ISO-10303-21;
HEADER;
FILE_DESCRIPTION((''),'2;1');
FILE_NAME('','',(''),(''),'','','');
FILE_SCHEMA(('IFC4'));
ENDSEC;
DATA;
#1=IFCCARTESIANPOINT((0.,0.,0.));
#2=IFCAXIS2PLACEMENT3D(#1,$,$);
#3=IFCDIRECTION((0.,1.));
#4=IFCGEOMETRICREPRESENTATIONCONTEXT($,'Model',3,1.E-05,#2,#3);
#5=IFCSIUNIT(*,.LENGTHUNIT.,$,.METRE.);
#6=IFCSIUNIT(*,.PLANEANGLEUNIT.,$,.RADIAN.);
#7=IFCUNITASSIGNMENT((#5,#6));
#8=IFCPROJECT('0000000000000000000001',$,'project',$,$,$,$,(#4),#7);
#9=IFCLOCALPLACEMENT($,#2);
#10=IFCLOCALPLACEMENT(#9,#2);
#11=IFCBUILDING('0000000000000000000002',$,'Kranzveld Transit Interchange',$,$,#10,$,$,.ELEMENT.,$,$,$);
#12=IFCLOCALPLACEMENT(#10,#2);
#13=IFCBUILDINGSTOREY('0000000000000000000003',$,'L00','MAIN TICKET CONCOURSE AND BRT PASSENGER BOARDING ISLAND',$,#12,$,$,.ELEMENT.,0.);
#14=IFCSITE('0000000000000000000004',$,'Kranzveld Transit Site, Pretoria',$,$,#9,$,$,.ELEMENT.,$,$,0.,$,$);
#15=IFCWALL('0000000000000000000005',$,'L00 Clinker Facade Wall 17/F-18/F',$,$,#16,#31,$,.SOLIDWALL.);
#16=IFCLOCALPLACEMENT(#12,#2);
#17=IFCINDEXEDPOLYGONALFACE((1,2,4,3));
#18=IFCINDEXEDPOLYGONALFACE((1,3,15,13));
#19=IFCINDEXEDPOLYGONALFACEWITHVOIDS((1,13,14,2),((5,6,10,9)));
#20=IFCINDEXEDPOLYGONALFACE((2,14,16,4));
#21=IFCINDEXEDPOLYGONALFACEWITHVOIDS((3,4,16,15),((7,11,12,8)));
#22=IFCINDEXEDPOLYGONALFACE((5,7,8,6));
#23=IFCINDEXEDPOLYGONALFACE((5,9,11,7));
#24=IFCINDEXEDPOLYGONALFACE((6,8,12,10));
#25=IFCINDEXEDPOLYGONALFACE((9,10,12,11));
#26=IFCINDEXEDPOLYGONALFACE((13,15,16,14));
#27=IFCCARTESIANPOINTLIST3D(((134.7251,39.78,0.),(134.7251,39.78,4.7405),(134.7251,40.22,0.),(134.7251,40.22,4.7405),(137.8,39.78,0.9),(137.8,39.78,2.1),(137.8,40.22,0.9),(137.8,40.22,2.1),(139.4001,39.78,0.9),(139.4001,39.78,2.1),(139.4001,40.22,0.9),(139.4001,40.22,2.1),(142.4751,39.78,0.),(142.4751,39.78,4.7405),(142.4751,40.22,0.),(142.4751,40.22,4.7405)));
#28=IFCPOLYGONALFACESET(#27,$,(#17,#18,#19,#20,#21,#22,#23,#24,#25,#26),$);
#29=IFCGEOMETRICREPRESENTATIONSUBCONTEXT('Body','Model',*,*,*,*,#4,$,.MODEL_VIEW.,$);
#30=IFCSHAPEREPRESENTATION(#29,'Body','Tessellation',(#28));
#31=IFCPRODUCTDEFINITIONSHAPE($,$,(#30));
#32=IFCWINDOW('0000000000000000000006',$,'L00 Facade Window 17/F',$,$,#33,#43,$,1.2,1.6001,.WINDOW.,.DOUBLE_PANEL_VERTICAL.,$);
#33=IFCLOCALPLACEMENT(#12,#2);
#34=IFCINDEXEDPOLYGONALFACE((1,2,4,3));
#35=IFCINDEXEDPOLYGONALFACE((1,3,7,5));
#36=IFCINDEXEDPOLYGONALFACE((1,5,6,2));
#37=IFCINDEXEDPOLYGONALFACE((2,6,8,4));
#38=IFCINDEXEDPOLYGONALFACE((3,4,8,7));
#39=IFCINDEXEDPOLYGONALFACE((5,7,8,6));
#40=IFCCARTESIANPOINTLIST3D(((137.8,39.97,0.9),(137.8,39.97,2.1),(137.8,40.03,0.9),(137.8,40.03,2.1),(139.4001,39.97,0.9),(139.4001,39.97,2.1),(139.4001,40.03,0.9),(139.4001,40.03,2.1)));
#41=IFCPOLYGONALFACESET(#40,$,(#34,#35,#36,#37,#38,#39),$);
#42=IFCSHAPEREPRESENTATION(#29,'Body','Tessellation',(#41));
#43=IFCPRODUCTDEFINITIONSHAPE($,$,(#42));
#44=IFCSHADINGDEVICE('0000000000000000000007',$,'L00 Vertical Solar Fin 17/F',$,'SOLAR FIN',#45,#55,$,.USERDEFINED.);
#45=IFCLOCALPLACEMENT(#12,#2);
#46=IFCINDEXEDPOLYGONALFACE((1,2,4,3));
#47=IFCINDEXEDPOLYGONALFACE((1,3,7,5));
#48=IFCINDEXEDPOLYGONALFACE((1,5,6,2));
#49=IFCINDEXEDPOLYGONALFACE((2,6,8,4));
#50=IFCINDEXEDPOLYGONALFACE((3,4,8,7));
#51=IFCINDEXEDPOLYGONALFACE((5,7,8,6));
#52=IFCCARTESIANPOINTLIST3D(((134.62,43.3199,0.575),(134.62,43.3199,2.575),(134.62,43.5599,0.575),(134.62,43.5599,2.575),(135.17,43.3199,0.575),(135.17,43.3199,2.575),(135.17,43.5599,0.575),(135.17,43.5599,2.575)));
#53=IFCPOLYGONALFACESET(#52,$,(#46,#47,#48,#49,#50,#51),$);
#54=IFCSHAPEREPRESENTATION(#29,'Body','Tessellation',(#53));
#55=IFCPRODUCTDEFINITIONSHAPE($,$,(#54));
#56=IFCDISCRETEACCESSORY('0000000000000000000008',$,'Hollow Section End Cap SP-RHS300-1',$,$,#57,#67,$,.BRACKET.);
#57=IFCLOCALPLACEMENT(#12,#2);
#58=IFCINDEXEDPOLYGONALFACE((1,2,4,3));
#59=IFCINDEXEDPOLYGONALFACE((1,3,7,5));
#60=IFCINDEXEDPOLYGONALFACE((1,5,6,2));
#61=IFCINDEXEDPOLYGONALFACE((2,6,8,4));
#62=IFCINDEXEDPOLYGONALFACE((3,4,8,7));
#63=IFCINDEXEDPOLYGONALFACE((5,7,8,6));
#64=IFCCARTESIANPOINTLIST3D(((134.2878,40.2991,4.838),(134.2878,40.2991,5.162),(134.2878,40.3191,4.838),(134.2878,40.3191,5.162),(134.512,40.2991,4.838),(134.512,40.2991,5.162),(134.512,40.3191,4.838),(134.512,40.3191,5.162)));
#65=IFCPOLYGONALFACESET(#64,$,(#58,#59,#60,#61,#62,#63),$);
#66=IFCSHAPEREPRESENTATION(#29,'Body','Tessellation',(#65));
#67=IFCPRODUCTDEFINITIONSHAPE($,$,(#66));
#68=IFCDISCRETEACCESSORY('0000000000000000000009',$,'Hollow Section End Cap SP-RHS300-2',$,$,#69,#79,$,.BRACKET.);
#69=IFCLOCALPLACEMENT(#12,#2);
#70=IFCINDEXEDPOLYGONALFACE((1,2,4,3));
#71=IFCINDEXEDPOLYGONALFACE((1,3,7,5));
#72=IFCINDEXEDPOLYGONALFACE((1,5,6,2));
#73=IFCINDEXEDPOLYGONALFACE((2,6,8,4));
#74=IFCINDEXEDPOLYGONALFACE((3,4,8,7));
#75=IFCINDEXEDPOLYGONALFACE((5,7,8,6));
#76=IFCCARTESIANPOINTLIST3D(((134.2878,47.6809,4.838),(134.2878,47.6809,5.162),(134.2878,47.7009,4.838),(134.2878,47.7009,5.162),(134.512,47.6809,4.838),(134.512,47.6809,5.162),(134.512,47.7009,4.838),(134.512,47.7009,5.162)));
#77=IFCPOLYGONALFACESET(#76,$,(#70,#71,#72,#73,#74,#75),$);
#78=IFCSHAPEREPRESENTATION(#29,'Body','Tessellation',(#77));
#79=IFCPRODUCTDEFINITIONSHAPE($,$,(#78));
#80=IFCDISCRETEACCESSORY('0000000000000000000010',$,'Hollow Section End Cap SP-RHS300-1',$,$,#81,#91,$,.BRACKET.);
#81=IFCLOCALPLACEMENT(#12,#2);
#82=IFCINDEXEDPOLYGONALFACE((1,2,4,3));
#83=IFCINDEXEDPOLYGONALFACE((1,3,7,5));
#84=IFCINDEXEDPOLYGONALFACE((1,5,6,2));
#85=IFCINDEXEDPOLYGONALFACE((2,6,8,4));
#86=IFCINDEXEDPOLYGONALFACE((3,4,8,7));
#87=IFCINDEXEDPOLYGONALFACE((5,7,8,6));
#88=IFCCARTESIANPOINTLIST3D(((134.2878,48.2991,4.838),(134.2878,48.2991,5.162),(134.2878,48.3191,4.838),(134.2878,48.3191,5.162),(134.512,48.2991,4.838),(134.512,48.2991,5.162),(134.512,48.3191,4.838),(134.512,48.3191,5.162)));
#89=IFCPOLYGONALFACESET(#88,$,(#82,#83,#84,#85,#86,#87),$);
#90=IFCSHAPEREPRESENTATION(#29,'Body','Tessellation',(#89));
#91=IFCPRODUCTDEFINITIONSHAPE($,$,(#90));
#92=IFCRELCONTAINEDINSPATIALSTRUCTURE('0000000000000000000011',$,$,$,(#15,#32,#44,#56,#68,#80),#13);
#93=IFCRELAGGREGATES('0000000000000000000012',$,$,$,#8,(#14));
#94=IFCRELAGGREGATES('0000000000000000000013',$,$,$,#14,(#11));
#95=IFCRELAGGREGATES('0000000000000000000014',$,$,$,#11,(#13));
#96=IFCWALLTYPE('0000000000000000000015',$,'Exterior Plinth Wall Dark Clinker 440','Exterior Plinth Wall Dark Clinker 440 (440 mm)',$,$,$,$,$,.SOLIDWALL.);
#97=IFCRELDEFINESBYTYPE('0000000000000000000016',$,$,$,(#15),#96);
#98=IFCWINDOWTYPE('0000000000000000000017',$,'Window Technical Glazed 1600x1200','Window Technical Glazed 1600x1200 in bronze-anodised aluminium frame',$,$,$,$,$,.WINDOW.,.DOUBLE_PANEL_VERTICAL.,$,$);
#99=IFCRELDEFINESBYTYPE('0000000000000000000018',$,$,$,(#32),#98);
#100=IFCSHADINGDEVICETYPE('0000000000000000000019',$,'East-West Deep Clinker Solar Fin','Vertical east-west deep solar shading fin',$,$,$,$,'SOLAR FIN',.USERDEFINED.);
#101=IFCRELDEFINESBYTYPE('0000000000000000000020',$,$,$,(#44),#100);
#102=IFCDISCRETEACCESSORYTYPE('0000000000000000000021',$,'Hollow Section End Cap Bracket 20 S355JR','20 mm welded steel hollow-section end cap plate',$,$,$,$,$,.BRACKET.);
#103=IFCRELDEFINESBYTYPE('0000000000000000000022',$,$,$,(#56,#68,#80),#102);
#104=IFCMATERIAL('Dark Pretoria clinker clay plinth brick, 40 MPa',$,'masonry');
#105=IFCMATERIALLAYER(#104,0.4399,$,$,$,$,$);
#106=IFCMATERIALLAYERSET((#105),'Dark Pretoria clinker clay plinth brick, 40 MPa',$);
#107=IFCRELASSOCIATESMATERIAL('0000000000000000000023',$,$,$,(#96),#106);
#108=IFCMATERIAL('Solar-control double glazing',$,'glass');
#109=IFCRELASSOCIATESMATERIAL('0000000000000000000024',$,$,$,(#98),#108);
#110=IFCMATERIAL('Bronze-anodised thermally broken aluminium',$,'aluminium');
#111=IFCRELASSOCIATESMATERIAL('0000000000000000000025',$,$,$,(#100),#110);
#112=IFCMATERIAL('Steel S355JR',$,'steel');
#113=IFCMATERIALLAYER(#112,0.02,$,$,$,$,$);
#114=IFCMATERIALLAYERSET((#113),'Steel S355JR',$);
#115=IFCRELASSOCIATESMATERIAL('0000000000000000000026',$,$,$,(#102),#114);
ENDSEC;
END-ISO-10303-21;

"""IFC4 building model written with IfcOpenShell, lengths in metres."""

from ifc_helpers import new_model, si_unit, direction, frame, frame_2d, origin, origin_2d, place, context, subcontext, project, spatial, rectangle, extrude, material, layer, layer_set, type_object, element, fill, save


model = new_model("IFC4")

# Units and contexts
model_context = context("Model", 3, precision=1e-05, world=origin(), true_north=direction((0.0, 1.0)))
body_context = subcontext(model_context, "Body", "Model", "MODEL_VIEW")
ifc_project = project(units=[si_unit("LENGTHUNIT", "METRE"), si_unit("PLANEANGLEUNIT", "RADIAN")], contexts=[model_context])

# Site, building, storey
site_placement = place(None, origin())
site = spatial("IfcSite", under=ifc_project, at=site_placement, Name="Kranzveld Transit Site, Pretoria", CompositionType="ELEMENT", RefElevation=0.0)
building_placement = place(site_placement, origin())
building = spatial("IfcBuilding", under=site, at=building_placement, Name="Kranzveld Transit Interchange", CompositionType="ELEMENT")
storey_placement = place(building_placement, origin())
storey = spatial("IfcBuildingStorey", under=building, at=storey_placement, Name="L00", Description="MAIN TICKET CONCOURSE AND BRT PASSENGER BOARDING ISLAND", CompositionType="ELEMENT", Elevation=0.0)

# Wall, opening, window
ifc_material_1 = material(Name="Dark Pretoria clinker clay plinth brick, 40 MPa", Category="masonry")
ifc_layer_1 = layer(ifc_material_1, 0.4399)
ifc_layer_set_1 = layer_set([ifc_layer_1], Name="Dark Pretoria clinker clay plinth brick, 40 MPa")
wall_type = type_object("IfcWallType", Name="Exterior Plinth Wall Dark Clinker 440", Description="Exterior Plinth Wall Dark Clinker 440 (440 mm)", PredefinedType="SOLIDWALL", material=ifc_layer_set_1)
wall_1_placement = place(storey_placement, frame((134.7251, 40.0, 0.0), z_axis=(0.0, 0.0, 1.0), x_axis=(1.0, 0.0, 0.0)))
wall_1 = element("IfcWall", 1, at=wall_1_placement, inside=storey, type_object=wall_type, Name="L00 Clinker Facade Wall 17/F-18/F", PredefinedType="SOLIDWALL", context=body_context, shape_type="SweptSolid", body=[
    extrude(rectangle(XDim=7.75, YDim=0.4399, at=frame_2d((3.875, 0.0))), origin(), (0.0, 0.0, 1.0), 4.7405),
])
opening_1_placement = place(wall_1_placement, frame((3.075, 0.0, 0.8999), z_axis=(0.0, 0.0, 1.0), x_axis=(1.0, 0.0, 0.0)))
opening_1 = element("IfcOpeningElement", 2, at=opening_1_placement, cuts=wall_1, PredefinedType="OPENING", context=body_context, shape_type="SweptSolid", body=[
    extrude(rectangle(XDim=1.6001, YDim=1.2, at=frame_2d((0.8, 0.6001))), frame((0.0, 0.23, 0.0), z_axis=(0.0, -1.0, 0.0), x_axis=(1.0, 0.0, 0.0)), (0.0, 0.0, 1.0), 0.46),
])
ifc_material_2 = material(Name="Solar-control double glazing", Category="glass")
window_type_1 = type_object("IfcWindowType", Name="Window Technical Glazed 1600x1200", Description="Window Technical Glazed 1600x1200 in bronze-anodised aluminium frame", PartitioningType="DOUBLE_PANEL_VERTICAL", PredefinedType="WINDOW", material=ifc_material_2)
window_1_placement = place(opening_1_placement, origin())
window_1 = element("IfcWindow", 3, at=window_1_placement, inside=storey, type_object=window_type_1, Name="L00 Facade Window 17/F", OverallHeight=1.2, OverallWidth=1.6001, PartitioningType="DOUBLE_PANEL_VERTICAL", PredefinedType="WINDOW", context=body_context, shape_type="SweptSolid", body=[
    extrude(rectangle(XDim=1.6001, YDim=1.2, at=frame_2d((0.8, 0.6001))), frame((0.0, 0.03, 0.0), z_axis=(0.0, -1.0, 0.0), x_axis=(1.0, 0.0, 0.0)), (0.0, 0.0, 1.0), 0.0601),
])
fill(opening_1, window_1)

# Shading device
ifc_material_3 = material(Name="Bronze-anodised thermally broken aluminium", Category="aluminium")
shading_device_type = type_object("IfcShadingDeviceType", Name="East-West Deep Clinker Solar Fin", Description="Vertical east-west deep solar shading fin", ElementType="SOLAR FIN", PredefinedType="USERDEFINED", material=ifc_material_3)
shading_device_placement = place(storey_placement, frame((134.895, 43.4399, 0.575), z_axis=(0.0, 0.0, 1.0), x_axis=(0.0, 1.0, 0.0)))
element("IfcShadingDevice", 4, at=shading_device_placement, inside=storey, type_object=shading_device_type, Name="L00 Vertical Solar Fin 17/F", ObjectType="SOLAR FIN", PredefinedType="USERDEFINED", context=body_context, shape_type="SweptSolid", body=[
    extrude(rectangle(XDim=0.24, YDim=0.55, at=origin_2d()), origin(), (0.0, 0.0, 1.0), 2.0),
])

# Discrete accessories
ifc_material_4 = material(Name="Steel S355JR", Category="steel")
ifc_layer_2 = layer(ifc_material_4, 0.02)
ifc_layer_set_2 = layer_set([ifc_layer_2], Name="Steel S355JR")
discrete_accessory_type = type_object("IfcDiscreteAccessoryType", Name="Hollow Section End Cap Bracket 20 S355JR", Description="20 mm welded steel hollow-section end cap plate", PredefinedType="BRACKET", material=ifc_layer_set_2)
for number, where, z_axis, x_axis, name in (
    (5, (134.3999, 40.3191, 5.0), (0.0, -1.0, 0.0), (1.0, 0.0, 0.0), "Hollow Section End Cap SP-RHS300-1"),
    (6, (134.3999, 47.6809, 5.0), (0.0, 1.0, 0.0), (-1.0, 0.0, 0.0), "Hollow Section End Cap SP-RHS300-2"),
    (7, (134.3999, 48.3191, 5.0), (0.0, -1.0, 0.0), (1.0, 0.0, 0.0), "Hollow Section End Cap SP-RHS300-1"),
):
    element("IfcDiscreteAccessory", number, at=place(storey_placement, frame(where, z_axis=z_axis, x_axis=x_axis)), inside=storey, type_object=discrete_accessory_type, Name=name, PredefinedType="BRACKET", context=body_context, shape_type="SweptSolid", body=[
        extrude(rectangle(XDim=0.2241, YDim=0.324, at=origin_2d()), origin(), (0.0, 0.0, 1.0), 0.02),
    ])

save(model, "model.ifc")
